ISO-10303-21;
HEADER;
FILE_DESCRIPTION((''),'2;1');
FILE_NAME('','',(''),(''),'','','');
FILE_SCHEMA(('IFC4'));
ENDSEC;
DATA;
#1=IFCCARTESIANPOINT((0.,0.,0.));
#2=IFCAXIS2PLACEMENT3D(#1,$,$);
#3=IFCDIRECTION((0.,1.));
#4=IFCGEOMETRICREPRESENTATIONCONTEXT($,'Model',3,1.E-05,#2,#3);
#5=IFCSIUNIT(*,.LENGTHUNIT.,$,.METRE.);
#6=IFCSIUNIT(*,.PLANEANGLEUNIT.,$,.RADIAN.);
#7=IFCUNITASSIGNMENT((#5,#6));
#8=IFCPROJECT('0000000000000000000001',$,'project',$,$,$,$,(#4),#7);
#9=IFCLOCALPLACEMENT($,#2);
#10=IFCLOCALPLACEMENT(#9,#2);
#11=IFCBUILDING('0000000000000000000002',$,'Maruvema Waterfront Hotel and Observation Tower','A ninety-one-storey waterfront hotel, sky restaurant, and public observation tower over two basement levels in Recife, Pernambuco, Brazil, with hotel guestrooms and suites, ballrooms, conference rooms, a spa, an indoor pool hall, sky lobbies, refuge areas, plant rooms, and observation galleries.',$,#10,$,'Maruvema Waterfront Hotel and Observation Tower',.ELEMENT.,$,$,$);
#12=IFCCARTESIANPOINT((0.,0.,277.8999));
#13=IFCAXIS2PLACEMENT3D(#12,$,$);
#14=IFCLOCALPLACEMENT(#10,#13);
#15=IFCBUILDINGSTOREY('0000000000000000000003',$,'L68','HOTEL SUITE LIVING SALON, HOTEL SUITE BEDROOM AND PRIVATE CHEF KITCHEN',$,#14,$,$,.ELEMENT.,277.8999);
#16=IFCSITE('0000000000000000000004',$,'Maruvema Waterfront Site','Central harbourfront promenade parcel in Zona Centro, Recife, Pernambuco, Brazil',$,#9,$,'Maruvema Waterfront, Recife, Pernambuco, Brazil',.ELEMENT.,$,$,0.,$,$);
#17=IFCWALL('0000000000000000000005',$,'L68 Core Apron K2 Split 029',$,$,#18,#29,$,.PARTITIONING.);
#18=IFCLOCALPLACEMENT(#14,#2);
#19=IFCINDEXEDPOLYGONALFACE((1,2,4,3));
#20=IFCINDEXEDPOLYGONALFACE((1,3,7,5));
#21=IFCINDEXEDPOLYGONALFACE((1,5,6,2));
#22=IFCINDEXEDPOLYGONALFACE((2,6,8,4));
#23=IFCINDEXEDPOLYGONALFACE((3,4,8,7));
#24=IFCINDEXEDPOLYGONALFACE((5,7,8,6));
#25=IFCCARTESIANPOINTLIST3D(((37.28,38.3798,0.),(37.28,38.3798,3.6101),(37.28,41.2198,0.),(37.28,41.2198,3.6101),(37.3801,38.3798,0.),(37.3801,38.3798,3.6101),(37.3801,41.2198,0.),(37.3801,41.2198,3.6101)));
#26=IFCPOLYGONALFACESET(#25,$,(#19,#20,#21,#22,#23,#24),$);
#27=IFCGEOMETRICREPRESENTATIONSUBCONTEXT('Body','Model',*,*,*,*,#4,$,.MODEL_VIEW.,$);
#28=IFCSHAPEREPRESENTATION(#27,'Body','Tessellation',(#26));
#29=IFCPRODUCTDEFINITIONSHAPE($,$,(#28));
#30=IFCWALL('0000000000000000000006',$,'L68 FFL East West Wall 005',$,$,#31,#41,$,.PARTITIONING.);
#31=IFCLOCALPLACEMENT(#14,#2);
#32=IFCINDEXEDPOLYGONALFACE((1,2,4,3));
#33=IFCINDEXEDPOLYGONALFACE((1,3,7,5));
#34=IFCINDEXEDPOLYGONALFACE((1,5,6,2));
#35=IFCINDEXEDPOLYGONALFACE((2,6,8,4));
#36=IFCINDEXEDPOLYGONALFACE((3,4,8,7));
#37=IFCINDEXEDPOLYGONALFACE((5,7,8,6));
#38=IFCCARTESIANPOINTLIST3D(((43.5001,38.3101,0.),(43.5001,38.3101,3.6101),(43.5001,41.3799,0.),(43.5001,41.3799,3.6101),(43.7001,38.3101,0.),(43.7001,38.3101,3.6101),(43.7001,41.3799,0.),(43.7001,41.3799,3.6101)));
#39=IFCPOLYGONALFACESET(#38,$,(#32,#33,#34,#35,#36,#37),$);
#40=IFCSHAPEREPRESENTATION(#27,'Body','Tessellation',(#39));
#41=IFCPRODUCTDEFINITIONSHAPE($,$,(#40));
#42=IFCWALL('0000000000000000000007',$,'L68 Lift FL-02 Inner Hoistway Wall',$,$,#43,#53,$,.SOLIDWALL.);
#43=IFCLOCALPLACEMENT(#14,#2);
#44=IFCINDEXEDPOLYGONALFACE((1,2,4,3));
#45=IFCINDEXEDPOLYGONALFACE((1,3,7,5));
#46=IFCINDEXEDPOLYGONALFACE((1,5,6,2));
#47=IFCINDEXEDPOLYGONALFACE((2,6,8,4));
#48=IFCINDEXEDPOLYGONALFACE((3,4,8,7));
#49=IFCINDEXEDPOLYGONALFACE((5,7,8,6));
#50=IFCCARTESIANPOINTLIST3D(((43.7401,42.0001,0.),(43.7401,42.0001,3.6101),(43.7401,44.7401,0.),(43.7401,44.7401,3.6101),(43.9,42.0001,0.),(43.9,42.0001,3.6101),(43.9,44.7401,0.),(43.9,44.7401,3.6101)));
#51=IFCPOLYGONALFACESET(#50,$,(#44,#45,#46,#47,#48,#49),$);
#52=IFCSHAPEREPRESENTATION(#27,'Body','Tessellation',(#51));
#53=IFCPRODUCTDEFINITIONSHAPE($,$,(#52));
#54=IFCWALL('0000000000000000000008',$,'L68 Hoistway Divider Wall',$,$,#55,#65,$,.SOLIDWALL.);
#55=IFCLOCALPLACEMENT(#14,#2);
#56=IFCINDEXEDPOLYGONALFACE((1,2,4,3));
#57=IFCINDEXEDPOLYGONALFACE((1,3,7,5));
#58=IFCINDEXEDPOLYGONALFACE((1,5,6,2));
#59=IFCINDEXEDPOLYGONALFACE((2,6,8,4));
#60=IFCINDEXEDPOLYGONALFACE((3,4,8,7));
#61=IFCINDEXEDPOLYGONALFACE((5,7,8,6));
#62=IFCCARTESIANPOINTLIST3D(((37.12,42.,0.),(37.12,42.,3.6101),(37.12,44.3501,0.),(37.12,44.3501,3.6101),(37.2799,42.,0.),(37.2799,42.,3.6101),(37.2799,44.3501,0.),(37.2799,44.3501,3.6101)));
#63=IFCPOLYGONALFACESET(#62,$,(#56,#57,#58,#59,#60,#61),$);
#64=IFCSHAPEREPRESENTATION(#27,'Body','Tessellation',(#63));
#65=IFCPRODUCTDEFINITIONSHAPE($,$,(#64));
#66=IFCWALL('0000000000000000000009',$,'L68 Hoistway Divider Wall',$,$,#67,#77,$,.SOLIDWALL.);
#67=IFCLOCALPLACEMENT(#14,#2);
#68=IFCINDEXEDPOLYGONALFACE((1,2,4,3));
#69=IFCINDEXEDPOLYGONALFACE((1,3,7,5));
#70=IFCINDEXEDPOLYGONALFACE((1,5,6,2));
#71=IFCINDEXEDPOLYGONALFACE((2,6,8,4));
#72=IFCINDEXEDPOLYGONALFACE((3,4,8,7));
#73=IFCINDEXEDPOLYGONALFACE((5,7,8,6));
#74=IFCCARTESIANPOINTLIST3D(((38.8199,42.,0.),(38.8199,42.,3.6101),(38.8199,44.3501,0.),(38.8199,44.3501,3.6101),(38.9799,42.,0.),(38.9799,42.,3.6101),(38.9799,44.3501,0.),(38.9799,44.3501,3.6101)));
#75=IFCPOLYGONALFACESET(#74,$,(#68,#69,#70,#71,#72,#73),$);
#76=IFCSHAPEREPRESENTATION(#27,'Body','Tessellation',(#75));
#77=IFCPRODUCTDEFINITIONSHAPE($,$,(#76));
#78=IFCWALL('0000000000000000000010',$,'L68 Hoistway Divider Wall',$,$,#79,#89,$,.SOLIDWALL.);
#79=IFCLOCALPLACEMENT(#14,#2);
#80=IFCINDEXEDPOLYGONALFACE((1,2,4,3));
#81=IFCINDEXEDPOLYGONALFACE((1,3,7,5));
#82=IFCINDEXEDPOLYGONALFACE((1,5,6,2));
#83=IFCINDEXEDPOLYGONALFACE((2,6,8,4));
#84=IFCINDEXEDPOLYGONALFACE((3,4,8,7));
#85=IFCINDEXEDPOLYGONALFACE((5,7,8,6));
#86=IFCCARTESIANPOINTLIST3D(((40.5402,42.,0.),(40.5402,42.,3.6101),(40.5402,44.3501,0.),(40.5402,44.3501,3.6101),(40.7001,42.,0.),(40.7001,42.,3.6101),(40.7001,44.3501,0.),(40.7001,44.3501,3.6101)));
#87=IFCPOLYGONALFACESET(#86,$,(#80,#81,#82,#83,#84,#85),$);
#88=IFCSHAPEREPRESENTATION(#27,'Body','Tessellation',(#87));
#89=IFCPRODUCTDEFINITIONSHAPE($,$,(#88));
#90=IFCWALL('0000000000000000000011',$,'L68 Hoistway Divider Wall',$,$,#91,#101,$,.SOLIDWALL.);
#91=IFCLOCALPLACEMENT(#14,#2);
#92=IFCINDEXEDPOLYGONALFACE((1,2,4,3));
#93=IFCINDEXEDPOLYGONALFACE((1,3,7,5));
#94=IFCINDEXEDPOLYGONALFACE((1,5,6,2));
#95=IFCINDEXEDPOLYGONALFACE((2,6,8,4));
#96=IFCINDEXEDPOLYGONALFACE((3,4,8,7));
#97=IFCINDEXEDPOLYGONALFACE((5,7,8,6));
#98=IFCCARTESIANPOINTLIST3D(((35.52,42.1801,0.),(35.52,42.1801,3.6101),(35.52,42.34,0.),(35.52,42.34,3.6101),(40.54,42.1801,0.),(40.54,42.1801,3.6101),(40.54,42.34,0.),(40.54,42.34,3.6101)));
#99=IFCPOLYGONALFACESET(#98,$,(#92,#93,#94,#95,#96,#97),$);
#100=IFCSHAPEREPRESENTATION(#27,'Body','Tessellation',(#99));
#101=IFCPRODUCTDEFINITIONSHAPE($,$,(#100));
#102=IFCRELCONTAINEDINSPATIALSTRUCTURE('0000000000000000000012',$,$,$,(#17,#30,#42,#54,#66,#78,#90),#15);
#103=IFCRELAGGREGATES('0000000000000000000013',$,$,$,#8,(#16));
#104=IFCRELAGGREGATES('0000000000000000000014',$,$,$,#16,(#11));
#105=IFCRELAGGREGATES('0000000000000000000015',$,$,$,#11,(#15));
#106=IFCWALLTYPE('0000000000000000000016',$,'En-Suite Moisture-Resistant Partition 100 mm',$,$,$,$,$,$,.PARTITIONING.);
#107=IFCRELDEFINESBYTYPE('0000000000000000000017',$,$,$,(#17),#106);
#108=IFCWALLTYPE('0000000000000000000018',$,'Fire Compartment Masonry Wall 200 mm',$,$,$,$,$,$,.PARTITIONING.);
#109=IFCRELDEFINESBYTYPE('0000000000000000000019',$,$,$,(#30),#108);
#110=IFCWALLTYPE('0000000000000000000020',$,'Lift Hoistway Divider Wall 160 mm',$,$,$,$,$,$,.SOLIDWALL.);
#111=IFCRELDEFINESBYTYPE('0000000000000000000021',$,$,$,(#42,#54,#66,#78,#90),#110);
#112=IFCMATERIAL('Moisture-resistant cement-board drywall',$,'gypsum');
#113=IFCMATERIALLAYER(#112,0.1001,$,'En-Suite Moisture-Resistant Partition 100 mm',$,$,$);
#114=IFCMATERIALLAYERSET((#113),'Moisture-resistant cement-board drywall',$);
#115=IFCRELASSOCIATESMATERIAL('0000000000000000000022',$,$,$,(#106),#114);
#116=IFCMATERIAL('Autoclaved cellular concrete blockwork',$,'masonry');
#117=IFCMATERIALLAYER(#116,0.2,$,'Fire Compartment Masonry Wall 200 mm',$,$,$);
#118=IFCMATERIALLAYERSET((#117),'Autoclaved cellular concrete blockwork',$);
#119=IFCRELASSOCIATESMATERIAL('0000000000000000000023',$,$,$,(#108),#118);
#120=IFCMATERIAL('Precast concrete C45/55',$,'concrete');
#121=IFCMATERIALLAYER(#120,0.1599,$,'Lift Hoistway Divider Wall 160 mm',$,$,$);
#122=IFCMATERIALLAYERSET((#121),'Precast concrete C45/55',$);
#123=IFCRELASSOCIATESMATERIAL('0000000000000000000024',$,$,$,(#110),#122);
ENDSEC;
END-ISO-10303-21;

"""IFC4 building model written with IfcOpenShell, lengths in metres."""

from ifc_helpers import new_model, si_unit, direction, frame, frame_2d, origin, place, context, subcontext, project, spatial, rectangle, extrude, material, layer, layer_set, type_object, element, save


model = new_model("IFC4")

# Units and contexts
model_context = context("Model", 3, precision=1e-05, world=origin(), true_north=direction((0.0, 1.0)))
body_context = subcontext(model_context, "Body", "Model", "MODEL_VIEW")
ifc_project = project(units=[si_unit("LENGTHUNIT", "METRE"), si_unit("PLANEANGLEUNIT", "RADIAN")], contexts=[model_context])

# Site, building, storey
site_placement = place(None, origin())
site = spatial("IfcSite", under=ifc_project, at=site_placement, Name="Maruvema Waterfront Site", Description="Central harbourfront promenade parcel in Zona Centro, Recife, Pernambuco, Brazil", LongName="Maruvema Waterfront, Recife, Pernambuco, Brazil", CompositionType="ELEMENT", RefElevation=0.0)
building_placement = place(site_placement, origin())
building = spatial("IfcBuilding", under=site, at=building_placement, Name="Maruvema Waterfront Hotel and Observation Tower", Description="A ninety-one-storey waterfront hotel, sky restaurant, and public observation tower over two basement levels in Recife, Pernambuco, Brazil, with hotel guestrooms and suites, ballrooms, conference rooms, a spa, an indoor pool hall, sky lobbies, refuge areas, plant rooms, and observation galleries.", LongName="Maruvema Waterfront Hotel and Observation Tower", CompositionType="ELEMENT")
storey_placement = place(building_placement, frame((0.0, 0.0, 277.8999)))
storey = spatial("IfcBuildingStorey", under=building, at=storey_placement, Name="L68", Description="HOTEL SUITE LIVING SALON, HOTEL SUITE BEDROOM AND PRIVATE CHEF KITCHEN", CompositionType="ELEMENT", Elevation=277.8999)

# Shared definitions
ifc_material_1 = material(Name="Moisture-resistant cement-board drywall", Category="gypsum")
ifc_layer_1 = layer(ifc_material_1, 0.1001, Name="En-Suite Moisture-Resistant Partition 100 mm")
ifc_layer_set_1 = layer_set([ifc_layer_1], Name="Moisture-resistant cement-board drywall")
wall_type_1 = type_object("IfcWallType", Name="En-Suite Moisture-Resistant Partition 100 mm", PredefinedType="PARTITIONING", material=ifc_layer_set_1)

# Wall
wall_1_placement = place(storey_placement, frame((37.3301, 38.3799, 0.0), z_axis=(0.0, 0.0, 1.0), x_axis=(0.0, 1.0, 0.0)))
element("IfcWall", 1, at=wall_1_placement, inside=storey, type_object=wall_type_1, Name="L68 Core Apron K2 Split 029", PredefinedType="PARTITIONING", context=body_context, shape_type="SweptSolid", body=[
    extrude(rectangle(XDim=2.8401, YDim=0.1001, at=frame_2d((1.4199, 0.0))), origin(), (0.0, 0.0, 1.0), 3.6101),
])

# Shared definitions
ifc_material_2 = material(Name="Autoclaved cellular concrete blockwork", Category="masonry")
ifc_layer_2 = layer(ifc_material_2, 0.2, Name="Fire Compartment Masonry Wall 200 mm")
ifc_layer_set_2 = layer_set([ifc_layer_2], Name="Autoclaved cellular concrete blockwork")
wall_type_2 = type_object("IfcWallType", Name="Fire Compartment Masonry Wall 200 mm", PredefinedType="PARTITIONING", material=ifc_layer_set_2)

# Walls
wall_2_placement = place(storey_placement, frame((43.6001, 38.3101, 0.0), z_axis=(0.0, 0.0, 1.0), x_axis=(0.0, 1.0, 0.0)))
element("IfcWall", 2, at=wall_2_placement, inside=storey, type_object=wall_type_2, Name="L68 FFL East West Wall 005", PredefinedType="PARTITIONING", context=body_context, shape_type="SweptSolid", body=[
    extrude(rectangle(XDim=3.0698, YDim=0.2, at=frame_2d((1.5349, 0.0))), origin(), (0.0, 0.0, 1.0), 3.6101),
])
ifc_material_3 = material(Name="Precast concrete C45/55", Category="concrete")
ifc_layer_3 = layer(ifc_material_3, 0.1599, Name="Lift Hoistway Divider Wall 160 mm")
ifc_layer_set_3 = layer_set([ifc_layer_3], Name="Precast concrete C45/55")
wall_type_3 = type_object("IfcWallType", Name="Lift Hoistway Divider Wall 160 mm", PredefinedType="SOLIDWALL", material=ifc_layer_set_3)
wall_3_placement = place(storey_placement, frame((43.8201, 42.0, 0.0), z_axis=(0.0, 0.0, 1.0), x_axis=(0.0, 1.0, 0.0)))
element("IfcWall", 3, at=wall_3_placement, inside=storey, type_object=wall_type_3, Name="L68 Lift FL-02 Inner Hoistway Wall", PredefinedType="SOLIDWALL", context=body_context, shape_type="SweptSolid", body=[
    extrude(rectangle(XDim=2.74, YDim=0.1599, at=frame_2d((1.3701, 0.0))), origin(), (0.0, 0.0, 1.0), 3.6101),
])
for number, where, z_axis, x_axis, name in (
    (4, (37.2, 42.0, 0.0), (0.0, 0.0, 1.0), (0.0, 1.0, 0.0), "L68 Hoistway Divider Wall"),
    (5, (38.8999, 42.0, 0.0), (0.0, 0.0, 1.0), (0.0, 1.0, 0.0), "L68 Hoistway Divider Wall"),
    (6, (40.6201, 42.0, 0.0), (0.0, 0.0, 1.0), (0.0, 1.0, 0.0), "L68 Hoistway Divider Wall"),
):
    element("IfcWall", number, at=place(storey_placement, frame(where, z_axis=z_axis, x_axis=x_axis)), inside=storey, type_object=wall_type_3, Name=name, PredefinedType="SOLIDWALL", context=body_context, shape_type="SweptSolid", body=[
        extrude(rectangle(XDim=2.3501, YDim=0.1599, at=frame_2d((1.175, 0.0))), origin(), (0.0, 0.0, 1.0), 3.6101),
    ])
wall_4_placement = place(storey_placement, frame((35.52, 42.26, 0.0), z_axis=(0.0, 0.0, 1.0), x_axis=(1.0, 0.0, 0.0)))
element("IfcWall", 7, at=wall_4_placement, inside=storey, type_object=wall_type_3, Name="L68 Hoistway Divider Wall", PredefinedType="SOLIDWALL", context=body_context, shape_type="SweptSolid", body=[
    extrude(rectangle(XDim=5.02, YDim=0.1599, at=frame_2d((2.51, 0.0))), origin(), (0.0, 0.0, 1.0), 3.6101),
])

save(model, "model.ifc")
